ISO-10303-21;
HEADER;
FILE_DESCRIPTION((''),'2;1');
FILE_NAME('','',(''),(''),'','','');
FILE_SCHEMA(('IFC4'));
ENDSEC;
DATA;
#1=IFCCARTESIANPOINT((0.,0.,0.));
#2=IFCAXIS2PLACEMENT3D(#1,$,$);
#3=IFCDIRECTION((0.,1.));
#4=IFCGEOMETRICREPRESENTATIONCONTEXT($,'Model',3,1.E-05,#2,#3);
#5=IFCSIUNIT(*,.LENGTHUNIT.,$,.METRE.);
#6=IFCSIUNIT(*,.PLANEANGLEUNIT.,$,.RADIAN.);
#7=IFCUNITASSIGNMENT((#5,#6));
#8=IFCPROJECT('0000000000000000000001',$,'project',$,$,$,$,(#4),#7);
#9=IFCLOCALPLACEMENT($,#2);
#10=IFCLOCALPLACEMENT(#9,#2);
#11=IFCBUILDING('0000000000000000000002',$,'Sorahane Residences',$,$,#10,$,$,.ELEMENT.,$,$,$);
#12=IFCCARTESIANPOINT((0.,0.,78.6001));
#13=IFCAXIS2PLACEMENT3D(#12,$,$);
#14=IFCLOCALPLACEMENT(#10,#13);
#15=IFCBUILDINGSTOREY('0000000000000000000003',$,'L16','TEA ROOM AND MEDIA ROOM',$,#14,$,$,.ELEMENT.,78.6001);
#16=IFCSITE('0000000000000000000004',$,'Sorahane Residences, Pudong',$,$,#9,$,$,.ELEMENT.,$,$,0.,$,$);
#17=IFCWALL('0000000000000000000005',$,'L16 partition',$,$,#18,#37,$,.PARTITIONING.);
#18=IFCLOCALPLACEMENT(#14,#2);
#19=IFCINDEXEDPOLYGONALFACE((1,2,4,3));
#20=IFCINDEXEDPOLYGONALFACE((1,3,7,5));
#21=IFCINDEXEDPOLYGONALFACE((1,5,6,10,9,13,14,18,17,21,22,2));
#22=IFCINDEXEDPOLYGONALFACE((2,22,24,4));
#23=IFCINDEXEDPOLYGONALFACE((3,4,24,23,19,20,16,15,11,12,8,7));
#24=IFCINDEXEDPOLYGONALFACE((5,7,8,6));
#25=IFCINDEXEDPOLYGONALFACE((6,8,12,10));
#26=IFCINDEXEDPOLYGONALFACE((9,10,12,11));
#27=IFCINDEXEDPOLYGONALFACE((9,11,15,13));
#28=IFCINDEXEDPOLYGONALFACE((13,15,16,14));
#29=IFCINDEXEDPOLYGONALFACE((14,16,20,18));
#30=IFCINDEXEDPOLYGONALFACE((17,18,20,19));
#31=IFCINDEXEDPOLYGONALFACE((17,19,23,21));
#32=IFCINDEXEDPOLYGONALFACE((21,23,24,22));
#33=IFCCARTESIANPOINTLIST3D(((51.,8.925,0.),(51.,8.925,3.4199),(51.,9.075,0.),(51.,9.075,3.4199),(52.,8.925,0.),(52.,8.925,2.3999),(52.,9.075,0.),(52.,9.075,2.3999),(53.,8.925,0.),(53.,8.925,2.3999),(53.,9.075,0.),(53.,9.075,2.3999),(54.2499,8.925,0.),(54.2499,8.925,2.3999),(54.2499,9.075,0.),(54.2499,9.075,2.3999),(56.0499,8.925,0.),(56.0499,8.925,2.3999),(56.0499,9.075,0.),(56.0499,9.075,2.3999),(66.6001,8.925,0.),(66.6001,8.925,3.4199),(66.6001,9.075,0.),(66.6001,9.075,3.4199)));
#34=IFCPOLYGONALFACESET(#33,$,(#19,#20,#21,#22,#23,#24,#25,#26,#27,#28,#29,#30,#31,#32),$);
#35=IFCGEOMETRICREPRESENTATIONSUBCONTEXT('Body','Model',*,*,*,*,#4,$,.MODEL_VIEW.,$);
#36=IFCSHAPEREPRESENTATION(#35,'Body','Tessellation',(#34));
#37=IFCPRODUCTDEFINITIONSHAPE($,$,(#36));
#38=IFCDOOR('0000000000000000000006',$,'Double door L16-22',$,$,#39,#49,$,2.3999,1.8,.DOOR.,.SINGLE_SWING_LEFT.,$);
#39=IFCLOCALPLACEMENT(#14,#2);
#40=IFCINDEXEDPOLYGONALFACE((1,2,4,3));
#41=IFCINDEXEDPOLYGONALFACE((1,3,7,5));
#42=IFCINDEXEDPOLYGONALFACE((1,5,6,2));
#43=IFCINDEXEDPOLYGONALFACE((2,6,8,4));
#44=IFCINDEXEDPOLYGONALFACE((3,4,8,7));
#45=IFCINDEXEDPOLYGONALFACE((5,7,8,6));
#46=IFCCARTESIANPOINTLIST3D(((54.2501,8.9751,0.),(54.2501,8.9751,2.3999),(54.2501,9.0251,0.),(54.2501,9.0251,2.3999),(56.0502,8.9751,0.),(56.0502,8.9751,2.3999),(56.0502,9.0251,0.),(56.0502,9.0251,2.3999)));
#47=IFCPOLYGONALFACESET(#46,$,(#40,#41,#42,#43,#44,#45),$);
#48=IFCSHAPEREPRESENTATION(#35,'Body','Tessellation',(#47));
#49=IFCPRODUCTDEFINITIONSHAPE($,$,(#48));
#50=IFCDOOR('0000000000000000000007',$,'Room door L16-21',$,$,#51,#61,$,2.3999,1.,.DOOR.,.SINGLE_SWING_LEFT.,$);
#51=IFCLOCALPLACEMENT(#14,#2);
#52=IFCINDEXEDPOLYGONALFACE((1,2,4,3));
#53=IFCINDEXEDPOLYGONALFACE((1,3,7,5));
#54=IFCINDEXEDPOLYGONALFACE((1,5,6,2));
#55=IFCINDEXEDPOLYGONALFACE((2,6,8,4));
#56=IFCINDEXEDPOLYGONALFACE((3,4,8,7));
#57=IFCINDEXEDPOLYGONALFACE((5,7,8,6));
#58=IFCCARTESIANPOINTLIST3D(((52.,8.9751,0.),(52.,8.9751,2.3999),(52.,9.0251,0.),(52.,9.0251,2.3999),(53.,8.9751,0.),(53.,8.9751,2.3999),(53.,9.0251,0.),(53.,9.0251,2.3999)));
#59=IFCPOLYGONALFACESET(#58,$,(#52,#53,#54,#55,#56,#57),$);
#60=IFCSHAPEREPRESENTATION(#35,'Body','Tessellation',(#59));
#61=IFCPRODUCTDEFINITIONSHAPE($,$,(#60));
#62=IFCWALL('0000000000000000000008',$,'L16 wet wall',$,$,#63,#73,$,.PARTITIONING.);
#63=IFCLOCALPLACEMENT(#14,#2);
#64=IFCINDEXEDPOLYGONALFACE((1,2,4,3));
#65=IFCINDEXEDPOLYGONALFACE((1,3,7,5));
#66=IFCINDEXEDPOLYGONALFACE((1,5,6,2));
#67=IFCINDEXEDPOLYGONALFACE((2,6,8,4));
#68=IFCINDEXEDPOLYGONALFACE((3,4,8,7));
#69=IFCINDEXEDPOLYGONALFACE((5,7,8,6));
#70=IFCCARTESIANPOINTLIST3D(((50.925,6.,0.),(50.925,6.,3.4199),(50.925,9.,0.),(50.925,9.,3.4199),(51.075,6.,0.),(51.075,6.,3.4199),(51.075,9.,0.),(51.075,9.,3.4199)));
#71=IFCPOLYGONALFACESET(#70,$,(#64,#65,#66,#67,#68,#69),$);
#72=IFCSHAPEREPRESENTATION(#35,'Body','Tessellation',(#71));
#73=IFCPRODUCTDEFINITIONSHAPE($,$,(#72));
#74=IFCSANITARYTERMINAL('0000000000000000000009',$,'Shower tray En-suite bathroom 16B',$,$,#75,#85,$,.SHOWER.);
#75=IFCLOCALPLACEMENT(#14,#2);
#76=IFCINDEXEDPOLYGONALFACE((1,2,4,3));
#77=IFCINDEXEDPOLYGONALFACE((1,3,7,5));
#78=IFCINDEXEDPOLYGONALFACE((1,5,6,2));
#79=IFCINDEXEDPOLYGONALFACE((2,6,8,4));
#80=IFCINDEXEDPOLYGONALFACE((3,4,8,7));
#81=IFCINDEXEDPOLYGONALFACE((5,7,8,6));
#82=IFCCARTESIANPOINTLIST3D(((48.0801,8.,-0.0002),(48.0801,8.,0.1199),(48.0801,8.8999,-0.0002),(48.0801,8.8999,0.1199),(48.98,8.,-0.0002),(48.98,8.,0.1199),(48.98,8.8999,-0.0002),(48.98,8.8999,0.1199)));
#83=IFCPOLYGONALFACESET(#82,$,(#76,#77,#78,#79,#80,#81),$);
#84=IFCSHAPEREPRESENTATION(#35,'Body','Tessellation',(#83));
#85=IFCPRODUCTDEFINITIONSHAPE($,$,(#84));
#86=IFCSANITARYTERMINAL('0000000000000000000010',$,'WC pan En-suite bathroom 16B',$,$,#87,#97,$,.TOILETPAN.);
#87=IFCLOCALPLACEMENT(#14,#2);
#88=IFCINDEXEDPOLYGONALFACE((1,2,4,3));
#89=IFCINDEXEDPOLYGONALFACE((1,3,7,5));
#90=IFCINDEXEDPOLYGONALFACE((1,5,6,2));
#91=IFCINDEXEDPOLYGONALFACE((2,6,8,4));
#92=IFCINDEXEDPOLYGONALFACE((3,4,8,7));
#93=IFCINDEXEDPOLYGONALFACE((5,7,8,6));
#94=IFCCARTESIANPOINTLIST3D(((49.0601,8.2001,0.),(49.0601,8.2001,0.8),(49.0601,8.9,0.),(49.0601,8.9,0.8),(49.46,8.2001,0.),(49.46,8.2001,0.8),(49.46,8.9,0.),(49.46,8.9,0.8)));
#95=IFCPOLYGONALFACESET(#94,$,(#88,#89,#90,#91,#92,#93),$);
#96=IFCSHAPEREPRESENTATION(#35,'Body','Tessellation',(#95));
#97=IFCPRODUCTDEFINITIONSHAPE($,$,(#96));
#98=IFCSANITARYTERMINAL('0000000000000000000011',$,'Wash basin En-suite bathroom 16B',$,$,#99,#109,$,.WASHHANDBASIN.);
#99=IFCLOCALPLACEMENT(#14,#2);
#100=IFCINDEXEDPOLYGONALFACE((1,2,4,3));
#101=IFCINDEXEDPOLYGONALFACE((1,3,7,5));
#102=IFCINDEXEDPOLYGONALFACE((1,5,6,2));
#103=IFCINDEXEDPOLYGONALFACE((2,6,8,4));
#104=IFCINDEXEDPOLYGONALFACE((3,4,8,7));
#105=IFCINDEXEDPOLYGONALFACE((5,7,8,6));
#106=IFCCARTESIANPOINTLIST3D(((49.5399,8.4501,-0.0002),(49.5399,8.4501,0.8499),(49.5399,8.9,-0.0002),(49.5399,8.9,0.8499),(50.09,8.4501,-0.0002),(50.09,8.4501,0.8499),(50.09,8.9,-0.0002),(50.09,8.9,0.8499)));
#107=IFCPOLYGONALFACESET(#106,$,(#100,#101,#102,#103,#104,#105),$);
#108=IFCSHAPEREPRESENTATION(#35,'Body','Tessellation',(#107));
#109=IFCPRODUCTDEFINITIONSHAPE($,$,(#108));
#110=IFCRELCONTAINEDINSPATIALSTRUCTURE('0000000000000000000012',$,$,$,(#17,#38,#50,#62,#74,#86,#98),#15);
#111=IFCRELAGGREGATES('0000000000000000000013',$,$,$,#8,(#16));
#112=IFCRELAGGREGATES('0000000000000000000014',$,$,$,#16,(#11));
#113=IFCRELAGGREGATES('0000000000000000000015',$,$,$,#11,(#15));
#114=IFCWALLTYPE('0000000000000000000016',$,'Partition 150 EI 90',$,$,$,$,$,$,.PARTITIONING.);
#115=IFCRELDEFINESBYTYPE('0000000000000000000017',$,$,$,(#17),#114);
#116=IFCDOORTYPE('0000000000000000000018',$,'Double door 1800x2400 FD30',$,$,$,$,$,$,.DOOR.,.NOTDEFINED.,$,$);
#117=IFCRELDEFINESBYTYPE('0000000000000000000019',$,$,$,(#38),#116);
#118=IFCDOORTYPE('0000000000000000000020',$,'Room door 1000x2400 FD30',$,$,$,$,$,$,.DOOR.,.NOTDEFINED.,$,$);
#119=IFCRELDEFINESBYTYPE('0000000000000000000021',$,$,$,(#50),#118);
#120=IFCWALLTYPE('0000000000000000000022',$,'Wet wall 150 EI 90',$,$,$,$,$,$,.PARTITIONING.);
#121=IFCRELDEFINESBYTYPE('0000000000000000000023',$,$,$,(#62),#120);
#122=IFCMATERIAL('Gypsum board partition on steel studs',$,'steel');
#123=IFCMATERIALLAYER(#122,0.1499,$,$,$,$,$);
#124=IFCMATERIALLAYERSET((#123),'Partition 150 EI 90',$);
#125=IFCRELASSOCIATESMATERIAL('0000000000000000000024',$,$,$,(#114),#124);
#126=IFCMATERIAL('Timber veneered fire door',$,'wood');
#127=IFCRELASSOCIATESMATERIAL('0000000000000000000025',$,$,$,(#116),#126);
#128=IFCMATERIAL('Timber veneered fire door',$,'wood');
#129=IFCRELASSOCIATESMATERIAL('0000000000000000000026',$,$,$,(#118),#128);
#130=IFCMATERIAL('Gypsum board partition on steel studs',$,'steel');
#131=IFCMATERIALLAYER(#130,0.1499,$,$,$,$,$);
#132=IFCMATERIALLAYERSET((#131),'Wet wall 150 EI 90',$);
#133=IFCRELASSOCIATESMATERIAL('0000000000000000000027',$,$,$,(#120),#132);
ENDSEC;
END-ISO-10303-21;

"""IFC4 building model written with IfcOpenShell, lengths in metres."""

from ifc_helpers import new_model, si_unit, direction, frame, frame_2d, origin, origin_2d, place, context, subcontext, project, spatial, rectangle, extrude, material, layer, layer_set, type_object, element, fill, save


model = new_model("IFC4")

# Units and contexts
model_context = context("Model", 3, precision=1e-05, world=origin(), true_north=direction((0.0, 1.0)))
body_context = subcontext(model_context, "Body", "Model", "MODEL_VIEW")
ifc_project = project(units=[si_unit("LENGTHUNIT", "METRE"), si_unit("PLANEANGLEUNIT", "RADIAN")], contexts=[model_context])

# Site, building, storey
site_placement = place(None, origin())
site = spatial("IfcSite", under=ifc_project, at=site_placement, Name="Sorahane Residences, Pudong", CompositionType="ELEMENT", RefElevation=0.0)
building_placement = place(site_placement, origin())
building = spatial("IfcBuilding", under=site, at=building_placement, Name="Sorahane Residences", CompositionType="ELEMENT")
storey_placement = place(building_placement, frame((0.0, 0.0, 78.6001)))
storey = spatial("IfcBuildingStorey", under=building, at=storey_placement, Name="L16", Description="TEA ROOM AND MEDIA ROOM", CompositionType="ELEMENT", Elevation=78.6001)

# Shared definitions
ifc_material_1 = material(Name="Gypsum board partition on steel studs", Category="steel")
ifc_layer_1 = layer(ifc_material_1, 0.1499)
ifc_layer_set_1 = layer_set([ifc_layer_1], Name="Partition 150 EI 90")
wall_type_1 = type_object("IfcWallType", Name="Partition 150 EI 90", PredefinedType="PARTITIONING", material=ifc_layer_set_1)

# Wall, openings, doors
ifc_material_2 = material(Name="Timber veneered fire door", Category="wood")
door_type_1 = type_object("IfcDoorType", Name="Double door 1800x2400 FD30", OperationType="NOTDEFINED", PredefinedType="DOOR", material=ifc_material_2)
ifc_material_3 = material(Name="Timber veneered fire door", Category="wood")
door_type_2 = type_object("IfcDoorType", Name="Room door 1000x2400 FD30", OperationType="NOTDEFINED", PredefinedType="DOOR", material=ifc_material_3)
wall_1_placement = place(storey_placement, frame((51.0, 9.0, 0.0), z_axis=(0.0, 0.0, 1.0), x_axis=(1.0, 0.0, 0.0)))
wall_1 = element("IfcWall", 1, at=wall_1_placement, inside=storey, type_object=wall_type_1, Name="L16 partition", PredefinedType="PARTITIONING", context=body_context, shape_type="SweptSolid", body=[
    extrude(rectangle(XDim=15.6001, YDim=0.1499, at=frame_2d((7.8, 0.0))), origin(), (0.0, 0.0, 1.0), 3.4199),
])
opening_1_placement = place(wall_1_placement, frame((1.0, 0.0, 0.0)))
opening_1 = element("IfcOpeningElement", 2, at=opening_1_placement, cuts=wall_1, PredefinedType="OPENING", context=body_context, shape_type="SweptSolid", body=[
    extrude(rectangle(XDim=1.0, YDim=2.3999, at=frame_2d((0.5, 1.2))), frame((0.0, 0.085, 0.0), z_axis=(0.0, -1.0, 0.0), x_axis=(1.0, 0.0, 0.0)), (0.0, 0.0, 1.0), 0.1699),
])
opening_2_placement = place(wall_1_placement, frame((3.25, 0.0, 0.0)))
opening_2 = element("IfcOpeningElement", 3, at=opening_2_placement, cuts=wall_1, PredefinedType="OPENING", context=body_context, shape_type="SweptSolid", body=[
    extrude(rectangle(XDim=1.8, YDim=2.3999, at=frame_2d((0.8999, 1.2))), frame((0.0, 0.085, 0.0), z_axis=(0.0, -1.0, 0.0), x_axis=(1.0, 0.0, 0.0)), (0.0, 0.0, 1.0), 0.1699),
])
door_1_placement = place(opening_2_placement, frame((1.8, 0.0, 0.0), z_axis=(0.0, 0.0, 1.0), x_axis=(-1.0, 0.0, 0.0)))
door_1 = element("IfcDoor", 4, at=door_1_placement, inside=storey, type_object=door_type_1, Name="Double door L16-22", OperationType="SINGLE_SWING_LEFT", OverallHeight=2.3999, OverallWidth=1.8, PredefinedType="DOOR", context=body_context, shape_type="SweptSolid", body=[
    extrude(rectangle(XDim=1.8, YDim=2.3999, at=frame_2d((0.8999, 1.2))), frame((0.0, 0.0249, 0.0), z_axis=(0.0, -1.0, 0.0), x_axis=(1.0, 0.0, 0.0)), (0.0, 0.0, 1.0), 0.05),
])
fill(opening_2, door_1)
door_2_placement = place(opening_1_placement, frame((1.0, 0.0, 0.0), z_axis=(0.0, 0.0, 1.0), x_axis=(-1.0, 0.0, 0.0)))
door_2 = element("IfcDoor", 5, at=door_2_placement, inside=storey, type_object=door_type_2, Name="Room door L16-21", OperationType="SINGLE_SWING_LEFT", OverallHeight=2.3999, OverallWidth=1.0, PredefinedType="DOOR", context=body_context, shape_type="SweptSolid", body=[
    extrude(rectangle(XDim=1.0, YDim=2.3999, at=frame_2d((0.5, 1.2))), frame((0.0, 0.0249, 0.0), z_axis=(0.0, -1.0, 0.0), x_axis=(1.0, 0.0, 0.0)), (0.0, 0.0, 1.0), 0.05),
])
fill(opening_1, door_2)

# Wall
ifc_material_4 = material(Name="Gypsum board partition on steel studs", Category="steel")
ifc_layer_2 = layer(ifc_material_4, 0.1499)
ifc_layer_set_2 = layer_set([ifc_layer_2], Name="Wet wall 150 EI 90")
wall_type_2 = type_object("IfcWallType", Name="Wet wall 150 EI 90", PredefinedType="PARTITIONING", material=ifc_layer_set_2)
wall_2_placement = place(storey_placement, frame((51.0, 6.0, 0.0), z_axis=(0.0, 0.0, 1.0), x_axis=(0.0, 1.0, 0.0)))
element("IfcWall", 6, at=wall_2_placement, inside=storey, type_object=wall_type_2, Name="L16 wet wall", PredefinedType="PARTITIONING", context=body_context, shape_type="SweptSolid", body=[
    extrude(rectangle(XDim=3.0, YDim=0.1499, at=frame_2d((1.5, 0.0))), origin(), (0.0, 0.0, 1.0), 3.4199),
])

# Sanitary terminals
sanitary_terminal_1_placement = place(storey_placement, frame((48.53, 8.45, -0.0002), z_axis=(0.0, 0.0, 1.0), x_axis=(1.0, 0.0, 0.0)))
element("IfcSanitaryTerminal", 7, at=sanitary_terminal_1_placement, inside=storey, Name="Shower tray En-suite bathroom 16B", PredefinedType="SHOWER", context=body_context, shape_type="SweptSolid", body=[
    extrude(rectangle(XDim=0.8999, YDim=0.8999, at=origin_2d()), origin(), (0.0, 0.0, 1.0), 0.1201),
])
sanitary_terminal_2_placement = place(storey_placement, frame((49.26, 8.55, 0.0), z_axis=(0.0, 0.0, 1.0), x_axis=(1.0, 0.0, 0.0)))
element("IfcSanitaryTerminal", 8, at=sanitary_terminal_2_placement, inside=storey, Name="WC pan En-suite bathroom 16B", PredefinedType="TOILETPAN", context=body_context, shape_type="SweptSolid", body=[
    extrude(rectangle(XDim=0.3999, YDim=0.7, at=origin_2d()), origin(), (0.0, 0.0, 1.0), 0.8),
])
sanitary_terminal_3_placement = place(storey_placement, frame((49.8149, 8.675, -0.0002), z_axis=(0.0, 0.0, 1.0), x_axis=(1.0, 0.0, 0.0)))
element("IfcSanitaryTerminal", 9, at=sanitary_terminal_3_placement, inside=storey, Name="Wash basin En-suite bathroom 16B", PredefinedType="WASHHANDBASIN", context=body_context, shape_type="SweptSolid", body=[
    extrude(rectangle(XDim=0.55, YDim=0.45, at=origin_2d()), origin(), (0.0, 0.0, 1.0), 0.8501),
])

save(model, "model.ifc")
